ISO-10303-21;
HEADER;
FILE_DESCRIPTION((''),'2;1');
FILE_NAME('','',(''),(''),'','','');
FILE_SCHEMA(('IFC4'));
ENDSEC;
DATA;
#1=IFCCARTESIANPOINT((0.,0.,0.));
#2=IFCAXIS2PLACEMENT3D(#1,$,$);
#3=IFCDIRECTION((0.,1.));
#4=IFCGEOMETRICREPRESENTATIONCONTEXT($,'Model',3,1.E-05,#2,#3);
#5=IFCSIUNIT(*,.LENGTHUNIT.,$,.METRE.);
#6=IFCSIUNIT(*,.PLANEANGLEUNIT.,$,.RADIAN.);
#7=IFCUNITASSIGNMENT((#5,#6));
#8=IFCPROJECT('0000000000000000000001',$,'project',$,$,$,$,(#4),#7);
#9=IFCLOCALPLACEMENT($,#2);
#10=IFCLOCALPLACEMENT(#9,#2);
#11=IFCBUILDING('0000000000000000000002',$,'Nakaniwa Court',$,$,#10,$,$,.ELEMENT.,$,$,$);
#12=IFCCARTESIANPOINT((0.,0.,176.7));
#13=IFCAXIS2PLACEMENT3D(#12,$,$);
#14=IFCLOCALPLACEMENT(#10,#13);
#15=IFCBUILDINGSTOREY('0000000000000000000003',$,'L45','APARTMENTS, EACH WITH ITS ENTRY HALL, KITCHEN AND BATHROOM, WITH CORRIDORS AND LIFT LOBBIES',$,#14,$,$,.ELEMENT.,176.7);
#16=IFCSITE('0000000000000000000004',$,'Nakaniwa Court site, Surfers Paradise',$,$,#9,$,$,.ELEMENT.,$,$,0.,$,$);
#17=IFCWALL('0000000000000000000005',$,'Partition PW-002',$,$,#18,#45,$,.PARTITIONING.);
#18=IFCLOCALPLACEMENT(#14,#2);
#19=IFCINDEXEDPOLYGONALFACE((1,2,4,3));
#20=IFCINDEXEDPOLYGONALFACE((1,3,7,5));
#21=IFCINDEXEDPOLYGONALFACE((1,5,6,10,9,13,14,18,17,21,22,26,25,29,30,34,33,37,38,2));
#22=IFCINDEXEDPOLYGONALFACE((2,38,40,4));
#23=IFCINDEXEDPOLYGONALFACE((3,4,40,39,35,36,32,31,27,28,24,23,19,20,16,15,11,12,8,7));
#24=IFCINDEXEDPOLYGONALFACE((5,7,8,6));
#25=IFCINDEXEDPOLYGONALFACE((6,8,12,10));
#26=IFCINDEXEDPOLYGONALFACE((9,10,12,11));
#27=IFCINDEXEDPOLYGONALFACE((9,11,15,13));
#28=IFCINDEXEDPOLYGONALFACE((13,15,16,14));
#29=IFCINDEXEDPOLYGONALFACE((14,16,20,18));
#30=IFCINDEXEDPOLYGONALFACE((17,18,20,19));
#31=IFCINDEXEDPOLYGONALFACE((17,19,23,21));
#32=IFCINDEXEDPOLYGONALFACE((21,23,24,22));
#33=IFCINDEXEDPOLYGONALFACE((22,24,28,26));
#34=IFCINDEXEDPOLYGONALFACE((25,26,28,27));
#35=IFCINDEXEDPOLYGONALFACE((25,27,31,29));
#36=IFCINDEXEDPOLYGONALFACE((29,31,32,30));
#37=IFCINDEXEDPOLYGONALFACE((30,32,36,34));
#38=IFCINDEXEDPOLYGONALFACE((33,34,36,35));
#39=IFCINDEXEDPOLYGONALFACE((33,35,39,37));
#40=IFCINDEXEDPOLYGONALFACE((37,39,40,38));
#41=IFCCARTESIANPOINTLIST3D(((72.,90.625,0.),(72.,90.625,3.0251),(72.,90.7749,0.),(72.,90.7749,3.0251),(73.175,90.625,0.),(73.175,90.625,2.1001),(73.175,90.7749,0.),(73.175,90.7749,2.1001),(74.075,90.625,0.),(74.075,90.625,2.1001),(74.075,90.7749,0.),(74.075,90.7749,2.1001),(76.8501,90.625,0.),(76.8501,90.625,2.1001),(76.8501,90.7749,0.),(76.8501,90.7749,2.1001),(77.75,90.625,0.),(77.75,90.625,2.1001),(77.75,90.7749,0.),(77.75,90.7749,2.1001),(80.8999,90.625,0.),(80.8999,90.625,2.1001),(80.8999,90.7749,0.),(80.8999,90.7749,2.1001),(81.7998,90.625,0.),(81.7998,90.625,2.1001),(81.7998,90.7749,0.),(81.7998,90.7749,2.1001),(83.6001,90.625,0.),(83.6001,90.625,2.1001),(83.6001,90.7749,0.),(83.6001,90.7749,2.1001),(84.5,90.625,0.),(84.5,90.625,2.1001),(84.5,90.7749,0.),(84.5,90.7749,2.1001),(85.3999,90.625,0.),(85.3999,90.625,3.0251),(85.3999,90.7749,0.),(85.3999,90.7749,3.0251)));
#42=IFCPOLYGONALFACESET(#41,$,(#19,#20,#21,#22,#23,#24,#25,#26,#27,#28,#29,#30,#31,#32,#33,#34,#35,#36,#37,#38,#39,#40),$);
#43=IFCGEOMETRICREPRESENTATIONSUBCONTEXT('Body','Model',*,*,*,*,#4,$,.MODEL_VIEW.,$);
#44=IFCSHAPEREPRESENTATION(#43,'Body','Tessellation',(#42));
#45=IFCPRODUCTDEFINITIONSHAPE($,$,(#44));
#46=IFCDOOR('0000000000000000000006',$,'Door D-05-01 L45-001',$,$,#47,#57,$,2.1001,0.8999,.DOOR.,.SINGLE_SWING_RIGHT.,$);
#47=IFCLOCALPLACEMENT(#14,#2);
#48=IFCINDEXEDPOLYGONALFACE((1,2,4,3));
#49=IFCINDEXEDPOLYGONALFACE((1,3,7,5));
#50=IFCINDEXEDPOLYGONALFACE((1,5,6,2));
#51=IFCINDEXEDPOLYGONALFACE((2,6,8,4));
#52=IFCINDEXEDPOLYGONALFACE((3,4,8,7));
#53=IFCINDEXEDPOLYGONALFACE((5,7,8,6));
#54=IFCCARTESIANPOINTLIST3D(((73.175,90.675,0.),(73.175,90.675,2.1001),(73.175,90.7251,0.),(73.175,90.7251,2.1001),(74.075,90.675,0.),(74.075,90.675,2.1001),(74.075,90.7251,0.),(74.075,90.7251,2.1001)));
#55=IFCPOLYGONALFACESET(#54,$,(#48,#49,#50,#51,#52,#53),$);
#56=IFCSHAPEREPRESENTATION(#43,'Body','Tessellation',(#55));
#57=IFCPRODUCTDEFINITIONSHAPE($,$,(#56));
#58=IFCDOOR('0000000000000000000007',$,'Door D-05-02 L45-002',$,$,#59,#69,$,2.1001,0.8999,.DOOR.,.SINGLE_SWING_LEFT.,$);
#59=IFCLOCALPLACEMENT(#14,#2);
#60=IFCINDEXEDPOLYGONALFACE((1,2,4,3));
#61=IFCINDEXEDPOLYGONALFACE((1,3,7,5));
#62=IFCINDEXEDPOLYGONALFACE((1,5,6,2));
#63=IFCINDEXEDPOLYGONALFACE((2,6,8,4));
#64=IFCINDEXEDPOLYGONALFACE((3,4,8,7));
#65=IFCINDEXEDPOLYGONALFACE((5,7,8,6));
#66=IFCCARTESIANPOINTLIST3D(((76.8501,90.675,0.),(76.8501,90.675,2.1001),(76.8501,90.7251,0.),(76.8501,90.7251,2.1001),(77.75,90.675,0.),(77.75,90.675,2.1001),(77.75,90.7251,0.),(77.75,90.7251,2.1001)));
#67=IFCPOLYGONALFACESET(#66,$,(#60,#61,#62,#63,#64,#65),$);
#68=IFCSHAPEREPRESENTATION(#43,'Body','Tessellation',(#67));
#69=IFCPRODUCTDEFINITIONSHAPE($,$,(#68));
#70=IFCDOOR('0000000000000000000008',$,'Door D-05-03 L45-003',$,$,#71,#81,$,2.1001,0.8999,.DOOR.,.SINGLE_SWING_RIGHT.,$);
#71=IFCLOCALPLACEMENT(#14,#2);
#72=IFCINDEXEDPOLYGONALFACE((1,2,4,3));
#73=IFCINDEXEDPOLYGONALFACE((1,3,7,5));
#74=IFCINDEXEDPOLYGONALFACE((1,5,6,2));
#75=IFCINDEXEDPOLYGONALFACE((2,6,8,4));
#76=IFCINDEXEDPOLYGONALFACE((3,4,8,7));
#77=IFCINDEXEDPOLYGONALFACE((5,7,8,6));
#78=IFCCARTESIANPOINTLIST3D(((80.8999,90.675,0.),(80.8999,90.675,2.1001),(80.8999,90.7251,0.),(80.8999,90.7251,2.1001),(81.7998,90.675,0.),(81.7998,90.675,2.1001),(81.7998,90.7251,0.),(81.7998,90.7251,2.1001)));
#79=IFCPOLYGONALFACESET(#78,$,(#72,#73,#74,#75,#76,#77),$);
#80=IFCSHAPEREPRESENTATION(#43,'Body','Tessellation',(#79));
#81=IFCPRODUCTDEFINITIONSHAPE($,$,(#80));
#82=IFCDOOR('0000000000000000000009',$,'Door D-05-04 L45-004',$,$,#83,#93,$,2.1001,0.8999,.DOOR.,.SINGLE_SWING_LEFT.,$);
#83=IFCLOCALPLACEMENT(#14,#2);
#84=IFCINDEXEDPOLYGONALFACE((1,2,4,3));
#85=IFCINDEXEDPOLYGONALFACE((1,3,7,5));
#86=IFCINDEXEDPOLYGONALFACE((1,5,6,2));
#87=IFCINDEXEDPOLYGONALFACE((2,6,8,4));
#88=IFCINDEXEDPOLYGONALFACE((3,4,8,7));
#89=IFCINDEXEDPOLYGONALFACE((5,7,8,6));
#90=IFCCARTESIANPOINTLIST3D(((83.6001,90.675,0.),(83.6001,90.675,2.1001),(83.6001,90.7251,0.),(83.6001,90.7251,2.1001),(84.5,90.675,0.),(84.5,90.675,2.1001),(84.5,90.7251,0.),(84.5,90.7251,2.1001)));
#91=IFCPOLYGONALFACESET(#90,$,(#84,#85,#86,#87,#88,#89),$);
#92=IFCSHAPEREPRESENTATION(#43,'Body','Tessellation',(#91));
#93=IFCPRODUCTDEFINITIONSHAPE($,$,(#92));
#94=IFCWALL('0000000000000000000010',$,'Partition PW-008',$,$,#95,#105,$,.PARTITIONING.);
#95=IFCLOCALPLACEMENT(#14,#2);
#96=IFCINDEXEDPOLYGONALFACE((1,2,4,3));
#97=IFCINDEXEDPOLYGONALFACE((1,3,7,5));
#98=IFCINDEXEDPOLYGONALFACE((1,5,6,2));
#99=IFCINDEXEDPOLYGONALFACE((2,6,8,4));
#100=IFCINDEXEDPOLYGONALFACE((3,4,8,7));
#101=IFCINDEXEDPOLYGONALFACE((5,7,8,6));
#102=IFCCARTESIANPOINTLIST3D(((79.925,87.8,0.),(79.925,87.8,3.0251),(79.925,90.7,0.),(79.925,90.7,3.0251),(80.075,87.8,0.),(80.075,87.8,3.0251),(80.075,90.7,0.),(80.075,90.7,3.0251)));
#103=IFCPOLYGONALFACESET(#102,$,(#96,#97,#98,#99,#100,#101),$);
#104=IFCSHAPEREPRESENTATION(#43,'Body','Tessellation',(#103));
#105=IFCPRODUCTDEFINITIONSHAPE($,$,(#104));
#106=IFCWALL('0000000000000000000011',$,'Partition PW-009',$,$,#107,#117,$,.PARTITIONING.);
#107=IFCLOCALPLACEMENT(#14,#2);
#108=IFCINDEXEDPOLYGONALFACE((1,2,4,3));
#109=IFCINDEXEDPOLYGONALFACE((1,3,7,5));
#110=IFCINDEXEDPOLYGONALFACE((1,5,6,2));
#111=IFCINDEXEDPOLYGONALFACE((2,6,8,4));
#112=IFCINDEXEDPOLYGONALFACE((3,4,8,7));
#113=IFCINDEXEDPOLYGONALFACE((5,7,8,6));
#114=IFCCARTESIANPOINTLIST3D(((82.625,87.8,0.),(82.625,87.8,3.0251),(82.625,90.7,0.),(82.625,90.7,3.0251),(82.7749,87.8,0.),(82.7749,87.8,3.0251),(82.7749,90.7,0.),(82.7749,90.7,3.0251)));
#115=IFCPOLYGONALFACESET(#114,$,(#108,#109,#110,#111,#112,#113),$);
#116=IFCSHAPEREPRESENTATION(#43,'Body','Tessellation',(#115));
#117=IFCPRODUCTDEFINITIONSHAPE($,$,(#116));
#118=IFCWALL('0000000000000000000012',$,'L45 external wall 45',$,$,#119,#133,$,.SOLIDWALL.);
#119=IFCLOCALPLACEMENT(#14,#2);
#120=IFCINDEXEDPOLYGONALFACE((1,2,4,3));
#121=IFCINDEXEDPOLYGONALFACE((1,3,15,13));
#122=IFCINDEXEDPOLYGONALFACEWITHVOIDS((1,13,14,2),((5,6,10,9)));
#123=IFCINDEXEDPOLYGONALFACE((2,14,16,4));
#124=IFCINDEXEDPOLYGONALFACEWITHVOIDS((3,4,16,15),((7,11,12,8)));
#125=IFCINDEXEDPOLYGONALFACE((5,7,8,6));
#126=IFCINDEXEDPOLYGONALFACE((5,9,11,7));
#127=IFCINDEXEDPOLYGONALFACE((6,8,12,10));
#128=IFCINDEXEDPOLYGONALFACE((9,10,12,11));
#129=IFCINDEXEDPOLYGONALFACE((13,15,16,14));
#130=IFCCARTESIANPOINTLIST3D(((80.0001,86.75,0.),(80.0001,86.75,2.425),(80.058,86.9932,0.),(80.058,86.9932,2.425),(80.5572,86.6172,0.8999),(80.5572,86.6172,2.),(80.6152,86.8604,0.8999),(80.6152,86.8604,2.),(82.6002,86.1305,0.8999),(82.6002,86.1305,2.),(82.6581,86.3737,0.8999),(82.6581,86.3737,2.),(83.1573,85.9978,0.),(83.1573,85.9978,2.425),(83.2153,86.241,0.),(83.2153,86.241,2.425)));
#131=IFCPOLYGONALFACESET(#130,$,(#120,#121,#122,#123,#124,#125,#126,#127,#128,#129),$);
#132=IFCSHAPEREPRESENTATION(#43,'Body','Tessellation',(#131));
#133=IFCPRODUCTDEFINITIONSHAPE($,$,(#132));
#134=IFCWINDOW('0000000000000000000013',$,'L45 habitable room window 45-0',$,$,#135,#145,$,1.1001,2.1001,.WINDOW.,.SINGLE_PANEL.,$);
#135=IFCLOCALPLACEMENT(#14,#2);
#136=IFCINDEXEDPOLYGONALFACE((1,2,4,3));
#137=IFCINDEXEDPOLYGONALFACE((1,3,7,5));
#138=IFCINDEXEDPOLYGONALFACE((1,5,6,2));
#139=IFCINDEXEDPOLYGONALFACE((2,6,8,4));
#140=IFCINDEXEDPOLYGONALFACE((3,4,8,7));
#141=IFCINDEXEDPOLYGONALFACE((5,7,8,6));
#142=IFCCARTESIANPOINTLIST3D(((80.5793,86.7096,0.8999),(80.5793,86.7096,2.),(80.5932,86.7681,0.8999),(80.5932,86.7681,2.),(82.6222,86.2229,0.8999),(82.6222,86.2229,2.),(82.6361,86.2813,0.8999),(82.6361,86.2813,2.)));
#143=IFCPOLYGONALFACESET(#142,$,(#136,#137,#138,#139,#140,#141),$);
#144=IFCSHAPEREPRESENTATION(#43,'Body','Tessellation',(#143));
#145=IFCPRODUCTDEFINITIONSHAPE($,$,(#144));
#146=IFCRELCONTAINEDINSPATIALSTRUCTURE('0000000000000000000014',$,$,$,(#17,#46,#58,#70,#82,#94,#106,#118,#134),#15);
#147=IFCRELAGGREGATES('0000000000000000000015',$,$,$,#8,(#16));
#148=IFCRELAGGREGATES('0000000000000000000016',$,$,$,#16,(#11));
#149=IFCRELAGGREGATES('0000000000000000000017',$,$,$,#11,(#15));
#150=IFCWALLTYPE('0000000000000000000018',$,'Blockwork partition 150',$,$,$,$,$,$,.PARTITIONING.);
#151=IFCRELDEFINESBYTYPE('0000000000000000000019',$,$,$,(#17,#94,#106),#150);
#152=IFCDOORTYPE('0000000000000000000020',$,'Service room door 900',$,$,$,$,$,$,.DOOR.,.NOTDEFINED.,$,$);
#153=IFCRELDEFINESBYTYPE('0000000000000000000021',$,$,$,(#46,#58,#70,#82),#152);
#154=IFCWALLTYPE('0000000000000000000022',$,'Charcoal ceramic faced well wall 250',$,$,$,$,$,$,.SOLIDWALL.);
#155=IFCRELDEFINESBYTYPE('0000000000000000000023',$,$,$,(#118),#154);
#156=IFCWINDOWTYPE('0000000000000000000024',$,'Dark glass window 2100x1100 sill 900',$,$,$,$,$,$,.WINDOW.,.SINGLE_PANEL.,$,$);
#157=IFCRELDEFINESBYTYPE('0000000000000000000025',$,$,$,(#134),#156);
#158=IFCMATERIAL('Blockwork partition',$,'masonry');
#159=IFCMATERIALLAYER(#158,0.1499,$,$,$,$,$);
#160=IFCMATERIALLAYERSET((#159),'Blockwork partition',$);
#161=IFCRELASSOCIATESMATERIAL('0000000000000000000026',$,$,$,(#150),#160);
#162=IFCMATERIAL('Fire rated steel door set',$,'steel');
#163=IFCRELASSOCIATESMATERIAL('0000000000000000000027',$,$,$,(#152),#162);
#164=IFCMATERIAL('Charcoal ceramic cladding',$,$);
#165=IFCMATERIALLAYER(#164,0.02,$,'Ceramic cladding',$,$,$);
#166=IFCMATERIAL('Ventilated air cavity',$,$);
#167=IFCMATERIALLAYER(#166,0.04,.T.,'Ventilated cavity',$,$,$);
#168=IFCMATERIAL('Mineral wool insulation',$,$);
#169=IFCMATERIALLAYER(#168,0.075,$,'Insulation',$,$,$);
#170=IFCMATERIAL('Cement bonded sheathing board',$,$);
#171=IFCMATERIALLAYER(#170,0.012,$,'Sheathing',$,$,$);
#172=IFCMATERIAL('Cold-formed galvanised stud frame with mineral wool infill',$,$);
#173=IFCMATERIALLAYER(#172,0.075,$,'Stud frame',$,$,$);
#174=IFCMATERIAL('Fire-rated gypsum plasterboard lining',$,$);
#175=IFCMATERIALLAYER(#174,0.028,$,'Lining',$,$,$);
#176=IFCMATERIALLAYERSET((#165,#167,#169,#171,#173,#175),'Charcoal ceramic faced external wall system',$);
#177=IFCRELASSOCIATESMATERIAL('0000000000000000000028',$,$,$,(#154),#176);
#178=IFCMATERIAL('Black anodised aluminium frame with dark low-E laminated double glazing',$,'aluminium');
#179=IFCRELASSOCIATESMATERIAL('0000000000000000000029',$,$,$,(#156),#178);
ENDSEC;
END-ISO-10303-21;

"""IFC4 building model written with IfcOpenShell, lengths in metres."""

from ifc_helpers import new_model, si_unit, direction, frame, frame_2d, origin, place, context, subcontext, project, spatial, rectangle, extrude, material, layer, layer_set, type_object, element, fill, save


model = new_model("IFC4")

# Units and contexts
model_context = context("Model", 3, precision=1e-05, world=origin(), true_north=direction((0.0, 1.0)))
body_context = subcontext(model_context, "Body", "Model", "MODEL_VIEW")
ifc_project = project(units=[si_unit("LENGTHUNIT", "METRE"), si_unit("PLANEANGLEUNIT", "RADIAN")], contexts=[model_context])

# Site, building, storey
site_placement = place(None, origin())
site = spatial("IfcSite", under=ifc_project, at=site_placement, Name="Nakaniwa Court site, Surfers Paradise", CompositionType="ELEMENT", RefElevation=0.0)
building_placement = place(site_placement, origin())
building = spatial("IfcBuilding", under=site, at=building_placement, Name="Nakaniwa Court", CompositionType="ELEMENT")
storey_placement = place(building_placement, frame((0.0, 0.0, 176.7)))
storey = spatial("IfcBuildingStorey", under=building, at=storey_placement, Name="L45", Description="APARTMENTS, EACH WITH ITS ENTRY HALL, KITCHEN AND BATHROOM, WITH CORRIDORS AND LIFT LOBBIES", CompositionType="ELEMENT", Elevation=176.7)

# Wall, openings, doors
ifc_material_1 = material(Name="Blockwork partition", Category="masonry")
ifc_layer_1 = layer(ifc_material_1, 0.1499)
ifc_layer_set_1 = layer_set([ifc_layer_1], Name="Blockwork partition")
wall_type_1 = type_object("IfcWallType", Name="Blockwork partition 150", PredefinedType="PARTITIONING", material=ifc_layer_set_1)
wall_1_placement = place(storey_placement, frame((85.3999, 90.7, 0.0), z_axis=(0.0, 0.0, 1.0), x_axis=(-1.0, 0.0, 0.0)))
wall_1 = element("IfcWall", 1, at=wall_1_placement, inside=storey, type_object=wall_type_1, Name="Partition PW-002", PredefinedType="PARTITIONING", context=body_context, shape_type="SweptSolid", body=[
    extrude(rectangle(XDim=13.3999, YDim=0.1499, at=frame_2d((6.7, 0.0))), origin(), (0.0, 0.0, 1.0), 3.0251),
])
opening_1_placement = place(wall_1_placement, frame((11.325, 0.0, 0.0)))
opening_1 = element("IfcOpeningElement", 2, at=opening_1_placement, cuts=wall_1, PredefinedType="OPENING", context=body_context, shape_type="SweptSolid", body=[
    extrude(rectangle(XDim=0.8999, YDim=2.1001, at=frame_2d((0.45, 1.05))), frame((0.0, 0.085, 0.0), z_axis=(0.0, -1.0, 0.0), x_axis=(1.0, 0.0, 0.0)), (0.0, 0.0, 1.0), 0.1699),
])
opening_2_placement = place(wall_1_placement, frame((7.6499, 0.0, 0.0)))
opening_2 = element("IfcOpeningElement", 3, at=opening_2_placement, cuts=wall_1, PredefinedType="OPENING", context=body_context, shape_type="SweptSolid", body=[
    extrude(rectangle(XDim=0.8999, YDim=2.1001, at=frame_2d((0.45, 1.05))), frame((0.0, 0.085, 0.0), z_axis=(0.0, -1.0, 0.0), x_axis=(1.0, 0.0, 0.0)), (0.0, 0.0, 1.0), 0.1699),
])
opening_3_placement = place(wall_1_placement, frame((3.6001, 0.0, 0.0)))
opening_3 = element("IfcOpeningElement", 4, at=opening_3_placement, cuts=wall_1, PredefinedType="OPENING", context=body_context, shape_type="SweptSolid", body=[
    extrude(rectangle(XDim=0.8999, YDim=2.1001, at=frame_2d((0.45, 1.05))), frame((0.0, 0.085, 0.0), z_axis=(0.0, -1.0, 0.0), x_axis=(1.0, 0.0, 0.0)), (0.0, 0.0, 1.0), 0.1699),
])
opening_4_placement = place(wall_1_placement, frame((0.8999, 0.0, 0.0)))
opening_4 = element("IfcOpeningElement", 5, at=opening_4_placement, cuts=wall_1, PredefinedType="OPENING", context=body_context, shape_type="SweptSolid", body=[
    extrude(rectangle(XDim=0.8999, YDim=2.1001, at=frame_2d((0.45, 1.05))), frame((0.0, 0.085, 0.0), z_axis=(0.0, -1.0, 0.0), x_axis=(1.0, 0.0, 0.0)), (0.0, 0.0, 1.0), 0.1699),
])
ifc_material_2 = material(Name="Fire rated steel door set", Category="steel")
door_type_1 = type_object("IfcDoorType", Name="Service room door 900", OperationType="NOTDEFINED", PredefinedType="DOOR", material=ifc_material_2)
door_1_placement = place(opening_1_placement, origin())
door_1 = element("IfcDoor", 6, at=door_1_placement, inside=storey, type_object=door_type_1, Name="Door D-05-01 L45-001", OperationType="SINGLE_SWING_RIGHT", OverallHeight=2.1001, OverallWidth=0.8999, PredefinedType="DOOR", context=body_context, shape_type="SweptSolid", body=[
    extrude(rectangle(XDim=0.8999, YDim=2.1001, at=frame_2d((0.45, 1.05))), frame((0.0, 0.0249, 0.0), z_axis=(0.0, -1.0, 0.0), x_axis=(1.0, 0.0, 0.0)), (0.0, 0.0, 1.0), 0.05),
])
fill(opening_1, door_1)
door_2_placement = place(opening_2_placement, origin())
door_2 = element("IfcDoor", 7, at=door_2_placement, inside=storey, type_object=door_type_1, Name="Door D-05-02 L45-002", OperationType="SINGLE_SWING_LEFT", OverallHeight=2.1001, OverallWidth=0.8999, PredefinedType="DOOR", context=body_context, shape_type="SweptSolid", body=[
    extrude(rectangle(XDim=0.8999, YDim=2.1001, at=frame_2d((0.45, 1.05))), frame((0.0, 0.0249, 0.0), z_axis=(0.0, -1.0, 0.0), x_axis=(1.0, 0.0, 0.0)), (0.0, 0.0, 1.0), 0.05),
])
fill(opening_2, door_2)
door_3_placement = place(opening_3_placement, origin())
door_3 = element("IfcDoor", 8, at=door_3_placement, inside=storey, type_object=door_type_1, Name="Door D-05-03 L45-003", OperationType="SINGLE_SWING_RIGHT", OverallHeight=2.1001, OverallWidth=0.8999, PredefinedType="DOOR", context=body_context, shape_type="SweptSolid", body=[
    extrude(rectangle(XDim=0.8999, YDim=2.1001, at=frame_2d((0.45, 1.05))), frame((0.0, 0.0249, 0.0), z_axis=(0.0, -1.0, 0.0), x_axis=(1.0, 0.0, 0.0)), (0.0, 0.0, 1.0), 0.05),
])
fill(opening_3, door_3)
door_4_placement = place(opening_4_placement, origin())
door_4 = element("IfcDoor", 9, at=door_4_placement, inside=storey, type_object=door_type_1, Name="Door D-05-04 L45-004", OperationType="SINGLE_SWING_LEFT", OverallHeight=2.1001, OverallWidth=0.8999, PredefinedType="DOOR", context=body_context, shape_type="SweptSolid", body=[
    extrude(rectangle(XDim=0.8999, YDim=2.1001, at=frame_2d((0.45, 1.05))), frame((0.0, 0.0249, 0.0), z_axis=(0.0, -1.0, 0.0), x_axis=(1.0, 0.0, 0.0)), (0.0, 0.0, 1.0), 0.05),
])
fill(opening_4, door_4)

# Walls
for number, where, z_axis, x_axis, name in (
    (10, (80.0, 87.8, 0.0), (0.0, 0.0, 1.0), (0.0, 1.0, 0.0), "Partition PW-008"),
    (11, (82.7, 87.8, 0.0), (0.0, 0.0, 1.0), (0.0, 1.0, 0.0), "Partition PW-009"),
):
    element("IfcWall", number, at=place(storey_placement, frame(where, z_axis=z_axis, x_axis=x_axis)), inside=storey, type_object=wall_type_1, Name=name, PredefinedType="PARTITIONING", context=body_context, shape_type="SweptSolid", body=[
        extrude(rectangle(XDim=2.8999, YDim=0.1499, at=frame_2d((1.45, 0.0))), origin(), (0.0, 0.0, 1.0), 3.0251),
    ])

# Wall, opening, window
ifc_material_3 = material(Name="Charcoal ceramic cladding")
ifc_layer_2 = layer(ifc_material_3, 0.02, Name="Ceramic cladding")
ifc_material_4 = material(Name="Ventilated air cavity")
ifc_layer_3 = layer(ifc_material_4, 0.04, ventilated=True, Name="Ventilated cavity")
ifc_material_5 = material(Name="Mineral wool insulation")
ifc_layer_4 = layer(ifc_material_5, 0.075, Name="Insulation")
ifc_material_6 = material(Name="Cement bonded sheathing board")
ifc_layer_5 = layer(ifc_material_6, 0.012, Name="Sheathing")
ifc_material_7 = material(Name="Cold-formed galvanised stud frame with mineral wool infill")
ifc_layer_6 = layer(ifc_material_7, 0.075, Name="Stud frame")
ifc_material_8 = material(Name="Fire-rated gypsum plasterboard lining")
ifc_layer_7 = layer(ifc_material_8, 0.028, Name="Lining")
ifc_layer_set_2 = layer_set([ifc_layer_2, ifc_layer_3, ifc_layer_4, ifc_layer_5, ifc_layer_6, ifc_layer_7], Name="Charcoal ceramic faced external wall system")
wall_type_2 = type_object("IfcWallType", Name="Charcoal ceramic faced well wall 250", PredefinedType="SOLIDWALL", material=ifc_layer_set_2)
wall_2_placement = place(storey_placement, frame((80.0291, 86.8716, 0.0), z_axis=(0.0, 0.0, 1.0), x_axis=(0.972773, -0.23176, 0.0)))
wall_2 = element("IfcWall", 12, at=wall_2_placement, inside=storey, type_object=wall_type_2, Name="L45 external wall 45", PredefinedType="SOLIDWALL", context=body_context, shape_type="SweptSolid", body=[
    extrude(rectangle(XDim=3.2456, YDim=0.25, at=frame_2d((1.6228, 0.0))), origin(), (0.0, 0.0, 1.0), 2.425),
])
opening_5_placement = place(wall_2_placement, frame((0.5728, 0.0, 0.8999)))
opening_5 = element("IfcOpeningElement", 13, at=opening_5_placement, cuts=wall_2, PredefinedType="OPENING", context=body_context, shape_type="SweptSolid", body=[
    extrude(rectangle(XDim=2.1001, YDim=1.1001, at=frame_2d((1.05, 0.55))), frame((0.0, 0.135, 0.0), z_axis=(0.0, -1.0, 0.0), x_axis=(1.0, 0.0, 0.0)), (0.0, 0.0, 1.0), 0.27),
])
ifc_material_9 = material(Name="Black anodised aluminium frame with dark low-E laminated double glazing", Category="aluminium")
window_type = type_object("IfcWindowType", Name="Dark glass window 2100x1100 sill 900", PartitioningType="SINGLE_PANEL", PredefinedType="WINDOW", material=ifc_material_9)
window_1_placement = place(opening_5_placement, origin())
window_1 = element("IfcWindow", 14, at=window_1_placement, inside=storey, type_object=window_type, Name="L45 habitable room window 45-0", OverallHeight=1.1001, OverallWidth=2.1001, PartitioningType="SINGLE_PANEL", PredefinedType="WINDOW", context=body_context, shape_type="SweptSolid", body=[
    extrude(rectangle(XDim=2.1001, YDim=1.1001, at=frame_2d((1.05, 0.55))), frame((0.0, 0.03, 0.0), z_axis=(0.0, -1.0, 0.0), x_axis=(1.0, 0.0, 0.0)), (0.0, 0.0, 1.0), 0.0601),
])
fill(opening_5, window_1)

save(model, "model.ifc")
